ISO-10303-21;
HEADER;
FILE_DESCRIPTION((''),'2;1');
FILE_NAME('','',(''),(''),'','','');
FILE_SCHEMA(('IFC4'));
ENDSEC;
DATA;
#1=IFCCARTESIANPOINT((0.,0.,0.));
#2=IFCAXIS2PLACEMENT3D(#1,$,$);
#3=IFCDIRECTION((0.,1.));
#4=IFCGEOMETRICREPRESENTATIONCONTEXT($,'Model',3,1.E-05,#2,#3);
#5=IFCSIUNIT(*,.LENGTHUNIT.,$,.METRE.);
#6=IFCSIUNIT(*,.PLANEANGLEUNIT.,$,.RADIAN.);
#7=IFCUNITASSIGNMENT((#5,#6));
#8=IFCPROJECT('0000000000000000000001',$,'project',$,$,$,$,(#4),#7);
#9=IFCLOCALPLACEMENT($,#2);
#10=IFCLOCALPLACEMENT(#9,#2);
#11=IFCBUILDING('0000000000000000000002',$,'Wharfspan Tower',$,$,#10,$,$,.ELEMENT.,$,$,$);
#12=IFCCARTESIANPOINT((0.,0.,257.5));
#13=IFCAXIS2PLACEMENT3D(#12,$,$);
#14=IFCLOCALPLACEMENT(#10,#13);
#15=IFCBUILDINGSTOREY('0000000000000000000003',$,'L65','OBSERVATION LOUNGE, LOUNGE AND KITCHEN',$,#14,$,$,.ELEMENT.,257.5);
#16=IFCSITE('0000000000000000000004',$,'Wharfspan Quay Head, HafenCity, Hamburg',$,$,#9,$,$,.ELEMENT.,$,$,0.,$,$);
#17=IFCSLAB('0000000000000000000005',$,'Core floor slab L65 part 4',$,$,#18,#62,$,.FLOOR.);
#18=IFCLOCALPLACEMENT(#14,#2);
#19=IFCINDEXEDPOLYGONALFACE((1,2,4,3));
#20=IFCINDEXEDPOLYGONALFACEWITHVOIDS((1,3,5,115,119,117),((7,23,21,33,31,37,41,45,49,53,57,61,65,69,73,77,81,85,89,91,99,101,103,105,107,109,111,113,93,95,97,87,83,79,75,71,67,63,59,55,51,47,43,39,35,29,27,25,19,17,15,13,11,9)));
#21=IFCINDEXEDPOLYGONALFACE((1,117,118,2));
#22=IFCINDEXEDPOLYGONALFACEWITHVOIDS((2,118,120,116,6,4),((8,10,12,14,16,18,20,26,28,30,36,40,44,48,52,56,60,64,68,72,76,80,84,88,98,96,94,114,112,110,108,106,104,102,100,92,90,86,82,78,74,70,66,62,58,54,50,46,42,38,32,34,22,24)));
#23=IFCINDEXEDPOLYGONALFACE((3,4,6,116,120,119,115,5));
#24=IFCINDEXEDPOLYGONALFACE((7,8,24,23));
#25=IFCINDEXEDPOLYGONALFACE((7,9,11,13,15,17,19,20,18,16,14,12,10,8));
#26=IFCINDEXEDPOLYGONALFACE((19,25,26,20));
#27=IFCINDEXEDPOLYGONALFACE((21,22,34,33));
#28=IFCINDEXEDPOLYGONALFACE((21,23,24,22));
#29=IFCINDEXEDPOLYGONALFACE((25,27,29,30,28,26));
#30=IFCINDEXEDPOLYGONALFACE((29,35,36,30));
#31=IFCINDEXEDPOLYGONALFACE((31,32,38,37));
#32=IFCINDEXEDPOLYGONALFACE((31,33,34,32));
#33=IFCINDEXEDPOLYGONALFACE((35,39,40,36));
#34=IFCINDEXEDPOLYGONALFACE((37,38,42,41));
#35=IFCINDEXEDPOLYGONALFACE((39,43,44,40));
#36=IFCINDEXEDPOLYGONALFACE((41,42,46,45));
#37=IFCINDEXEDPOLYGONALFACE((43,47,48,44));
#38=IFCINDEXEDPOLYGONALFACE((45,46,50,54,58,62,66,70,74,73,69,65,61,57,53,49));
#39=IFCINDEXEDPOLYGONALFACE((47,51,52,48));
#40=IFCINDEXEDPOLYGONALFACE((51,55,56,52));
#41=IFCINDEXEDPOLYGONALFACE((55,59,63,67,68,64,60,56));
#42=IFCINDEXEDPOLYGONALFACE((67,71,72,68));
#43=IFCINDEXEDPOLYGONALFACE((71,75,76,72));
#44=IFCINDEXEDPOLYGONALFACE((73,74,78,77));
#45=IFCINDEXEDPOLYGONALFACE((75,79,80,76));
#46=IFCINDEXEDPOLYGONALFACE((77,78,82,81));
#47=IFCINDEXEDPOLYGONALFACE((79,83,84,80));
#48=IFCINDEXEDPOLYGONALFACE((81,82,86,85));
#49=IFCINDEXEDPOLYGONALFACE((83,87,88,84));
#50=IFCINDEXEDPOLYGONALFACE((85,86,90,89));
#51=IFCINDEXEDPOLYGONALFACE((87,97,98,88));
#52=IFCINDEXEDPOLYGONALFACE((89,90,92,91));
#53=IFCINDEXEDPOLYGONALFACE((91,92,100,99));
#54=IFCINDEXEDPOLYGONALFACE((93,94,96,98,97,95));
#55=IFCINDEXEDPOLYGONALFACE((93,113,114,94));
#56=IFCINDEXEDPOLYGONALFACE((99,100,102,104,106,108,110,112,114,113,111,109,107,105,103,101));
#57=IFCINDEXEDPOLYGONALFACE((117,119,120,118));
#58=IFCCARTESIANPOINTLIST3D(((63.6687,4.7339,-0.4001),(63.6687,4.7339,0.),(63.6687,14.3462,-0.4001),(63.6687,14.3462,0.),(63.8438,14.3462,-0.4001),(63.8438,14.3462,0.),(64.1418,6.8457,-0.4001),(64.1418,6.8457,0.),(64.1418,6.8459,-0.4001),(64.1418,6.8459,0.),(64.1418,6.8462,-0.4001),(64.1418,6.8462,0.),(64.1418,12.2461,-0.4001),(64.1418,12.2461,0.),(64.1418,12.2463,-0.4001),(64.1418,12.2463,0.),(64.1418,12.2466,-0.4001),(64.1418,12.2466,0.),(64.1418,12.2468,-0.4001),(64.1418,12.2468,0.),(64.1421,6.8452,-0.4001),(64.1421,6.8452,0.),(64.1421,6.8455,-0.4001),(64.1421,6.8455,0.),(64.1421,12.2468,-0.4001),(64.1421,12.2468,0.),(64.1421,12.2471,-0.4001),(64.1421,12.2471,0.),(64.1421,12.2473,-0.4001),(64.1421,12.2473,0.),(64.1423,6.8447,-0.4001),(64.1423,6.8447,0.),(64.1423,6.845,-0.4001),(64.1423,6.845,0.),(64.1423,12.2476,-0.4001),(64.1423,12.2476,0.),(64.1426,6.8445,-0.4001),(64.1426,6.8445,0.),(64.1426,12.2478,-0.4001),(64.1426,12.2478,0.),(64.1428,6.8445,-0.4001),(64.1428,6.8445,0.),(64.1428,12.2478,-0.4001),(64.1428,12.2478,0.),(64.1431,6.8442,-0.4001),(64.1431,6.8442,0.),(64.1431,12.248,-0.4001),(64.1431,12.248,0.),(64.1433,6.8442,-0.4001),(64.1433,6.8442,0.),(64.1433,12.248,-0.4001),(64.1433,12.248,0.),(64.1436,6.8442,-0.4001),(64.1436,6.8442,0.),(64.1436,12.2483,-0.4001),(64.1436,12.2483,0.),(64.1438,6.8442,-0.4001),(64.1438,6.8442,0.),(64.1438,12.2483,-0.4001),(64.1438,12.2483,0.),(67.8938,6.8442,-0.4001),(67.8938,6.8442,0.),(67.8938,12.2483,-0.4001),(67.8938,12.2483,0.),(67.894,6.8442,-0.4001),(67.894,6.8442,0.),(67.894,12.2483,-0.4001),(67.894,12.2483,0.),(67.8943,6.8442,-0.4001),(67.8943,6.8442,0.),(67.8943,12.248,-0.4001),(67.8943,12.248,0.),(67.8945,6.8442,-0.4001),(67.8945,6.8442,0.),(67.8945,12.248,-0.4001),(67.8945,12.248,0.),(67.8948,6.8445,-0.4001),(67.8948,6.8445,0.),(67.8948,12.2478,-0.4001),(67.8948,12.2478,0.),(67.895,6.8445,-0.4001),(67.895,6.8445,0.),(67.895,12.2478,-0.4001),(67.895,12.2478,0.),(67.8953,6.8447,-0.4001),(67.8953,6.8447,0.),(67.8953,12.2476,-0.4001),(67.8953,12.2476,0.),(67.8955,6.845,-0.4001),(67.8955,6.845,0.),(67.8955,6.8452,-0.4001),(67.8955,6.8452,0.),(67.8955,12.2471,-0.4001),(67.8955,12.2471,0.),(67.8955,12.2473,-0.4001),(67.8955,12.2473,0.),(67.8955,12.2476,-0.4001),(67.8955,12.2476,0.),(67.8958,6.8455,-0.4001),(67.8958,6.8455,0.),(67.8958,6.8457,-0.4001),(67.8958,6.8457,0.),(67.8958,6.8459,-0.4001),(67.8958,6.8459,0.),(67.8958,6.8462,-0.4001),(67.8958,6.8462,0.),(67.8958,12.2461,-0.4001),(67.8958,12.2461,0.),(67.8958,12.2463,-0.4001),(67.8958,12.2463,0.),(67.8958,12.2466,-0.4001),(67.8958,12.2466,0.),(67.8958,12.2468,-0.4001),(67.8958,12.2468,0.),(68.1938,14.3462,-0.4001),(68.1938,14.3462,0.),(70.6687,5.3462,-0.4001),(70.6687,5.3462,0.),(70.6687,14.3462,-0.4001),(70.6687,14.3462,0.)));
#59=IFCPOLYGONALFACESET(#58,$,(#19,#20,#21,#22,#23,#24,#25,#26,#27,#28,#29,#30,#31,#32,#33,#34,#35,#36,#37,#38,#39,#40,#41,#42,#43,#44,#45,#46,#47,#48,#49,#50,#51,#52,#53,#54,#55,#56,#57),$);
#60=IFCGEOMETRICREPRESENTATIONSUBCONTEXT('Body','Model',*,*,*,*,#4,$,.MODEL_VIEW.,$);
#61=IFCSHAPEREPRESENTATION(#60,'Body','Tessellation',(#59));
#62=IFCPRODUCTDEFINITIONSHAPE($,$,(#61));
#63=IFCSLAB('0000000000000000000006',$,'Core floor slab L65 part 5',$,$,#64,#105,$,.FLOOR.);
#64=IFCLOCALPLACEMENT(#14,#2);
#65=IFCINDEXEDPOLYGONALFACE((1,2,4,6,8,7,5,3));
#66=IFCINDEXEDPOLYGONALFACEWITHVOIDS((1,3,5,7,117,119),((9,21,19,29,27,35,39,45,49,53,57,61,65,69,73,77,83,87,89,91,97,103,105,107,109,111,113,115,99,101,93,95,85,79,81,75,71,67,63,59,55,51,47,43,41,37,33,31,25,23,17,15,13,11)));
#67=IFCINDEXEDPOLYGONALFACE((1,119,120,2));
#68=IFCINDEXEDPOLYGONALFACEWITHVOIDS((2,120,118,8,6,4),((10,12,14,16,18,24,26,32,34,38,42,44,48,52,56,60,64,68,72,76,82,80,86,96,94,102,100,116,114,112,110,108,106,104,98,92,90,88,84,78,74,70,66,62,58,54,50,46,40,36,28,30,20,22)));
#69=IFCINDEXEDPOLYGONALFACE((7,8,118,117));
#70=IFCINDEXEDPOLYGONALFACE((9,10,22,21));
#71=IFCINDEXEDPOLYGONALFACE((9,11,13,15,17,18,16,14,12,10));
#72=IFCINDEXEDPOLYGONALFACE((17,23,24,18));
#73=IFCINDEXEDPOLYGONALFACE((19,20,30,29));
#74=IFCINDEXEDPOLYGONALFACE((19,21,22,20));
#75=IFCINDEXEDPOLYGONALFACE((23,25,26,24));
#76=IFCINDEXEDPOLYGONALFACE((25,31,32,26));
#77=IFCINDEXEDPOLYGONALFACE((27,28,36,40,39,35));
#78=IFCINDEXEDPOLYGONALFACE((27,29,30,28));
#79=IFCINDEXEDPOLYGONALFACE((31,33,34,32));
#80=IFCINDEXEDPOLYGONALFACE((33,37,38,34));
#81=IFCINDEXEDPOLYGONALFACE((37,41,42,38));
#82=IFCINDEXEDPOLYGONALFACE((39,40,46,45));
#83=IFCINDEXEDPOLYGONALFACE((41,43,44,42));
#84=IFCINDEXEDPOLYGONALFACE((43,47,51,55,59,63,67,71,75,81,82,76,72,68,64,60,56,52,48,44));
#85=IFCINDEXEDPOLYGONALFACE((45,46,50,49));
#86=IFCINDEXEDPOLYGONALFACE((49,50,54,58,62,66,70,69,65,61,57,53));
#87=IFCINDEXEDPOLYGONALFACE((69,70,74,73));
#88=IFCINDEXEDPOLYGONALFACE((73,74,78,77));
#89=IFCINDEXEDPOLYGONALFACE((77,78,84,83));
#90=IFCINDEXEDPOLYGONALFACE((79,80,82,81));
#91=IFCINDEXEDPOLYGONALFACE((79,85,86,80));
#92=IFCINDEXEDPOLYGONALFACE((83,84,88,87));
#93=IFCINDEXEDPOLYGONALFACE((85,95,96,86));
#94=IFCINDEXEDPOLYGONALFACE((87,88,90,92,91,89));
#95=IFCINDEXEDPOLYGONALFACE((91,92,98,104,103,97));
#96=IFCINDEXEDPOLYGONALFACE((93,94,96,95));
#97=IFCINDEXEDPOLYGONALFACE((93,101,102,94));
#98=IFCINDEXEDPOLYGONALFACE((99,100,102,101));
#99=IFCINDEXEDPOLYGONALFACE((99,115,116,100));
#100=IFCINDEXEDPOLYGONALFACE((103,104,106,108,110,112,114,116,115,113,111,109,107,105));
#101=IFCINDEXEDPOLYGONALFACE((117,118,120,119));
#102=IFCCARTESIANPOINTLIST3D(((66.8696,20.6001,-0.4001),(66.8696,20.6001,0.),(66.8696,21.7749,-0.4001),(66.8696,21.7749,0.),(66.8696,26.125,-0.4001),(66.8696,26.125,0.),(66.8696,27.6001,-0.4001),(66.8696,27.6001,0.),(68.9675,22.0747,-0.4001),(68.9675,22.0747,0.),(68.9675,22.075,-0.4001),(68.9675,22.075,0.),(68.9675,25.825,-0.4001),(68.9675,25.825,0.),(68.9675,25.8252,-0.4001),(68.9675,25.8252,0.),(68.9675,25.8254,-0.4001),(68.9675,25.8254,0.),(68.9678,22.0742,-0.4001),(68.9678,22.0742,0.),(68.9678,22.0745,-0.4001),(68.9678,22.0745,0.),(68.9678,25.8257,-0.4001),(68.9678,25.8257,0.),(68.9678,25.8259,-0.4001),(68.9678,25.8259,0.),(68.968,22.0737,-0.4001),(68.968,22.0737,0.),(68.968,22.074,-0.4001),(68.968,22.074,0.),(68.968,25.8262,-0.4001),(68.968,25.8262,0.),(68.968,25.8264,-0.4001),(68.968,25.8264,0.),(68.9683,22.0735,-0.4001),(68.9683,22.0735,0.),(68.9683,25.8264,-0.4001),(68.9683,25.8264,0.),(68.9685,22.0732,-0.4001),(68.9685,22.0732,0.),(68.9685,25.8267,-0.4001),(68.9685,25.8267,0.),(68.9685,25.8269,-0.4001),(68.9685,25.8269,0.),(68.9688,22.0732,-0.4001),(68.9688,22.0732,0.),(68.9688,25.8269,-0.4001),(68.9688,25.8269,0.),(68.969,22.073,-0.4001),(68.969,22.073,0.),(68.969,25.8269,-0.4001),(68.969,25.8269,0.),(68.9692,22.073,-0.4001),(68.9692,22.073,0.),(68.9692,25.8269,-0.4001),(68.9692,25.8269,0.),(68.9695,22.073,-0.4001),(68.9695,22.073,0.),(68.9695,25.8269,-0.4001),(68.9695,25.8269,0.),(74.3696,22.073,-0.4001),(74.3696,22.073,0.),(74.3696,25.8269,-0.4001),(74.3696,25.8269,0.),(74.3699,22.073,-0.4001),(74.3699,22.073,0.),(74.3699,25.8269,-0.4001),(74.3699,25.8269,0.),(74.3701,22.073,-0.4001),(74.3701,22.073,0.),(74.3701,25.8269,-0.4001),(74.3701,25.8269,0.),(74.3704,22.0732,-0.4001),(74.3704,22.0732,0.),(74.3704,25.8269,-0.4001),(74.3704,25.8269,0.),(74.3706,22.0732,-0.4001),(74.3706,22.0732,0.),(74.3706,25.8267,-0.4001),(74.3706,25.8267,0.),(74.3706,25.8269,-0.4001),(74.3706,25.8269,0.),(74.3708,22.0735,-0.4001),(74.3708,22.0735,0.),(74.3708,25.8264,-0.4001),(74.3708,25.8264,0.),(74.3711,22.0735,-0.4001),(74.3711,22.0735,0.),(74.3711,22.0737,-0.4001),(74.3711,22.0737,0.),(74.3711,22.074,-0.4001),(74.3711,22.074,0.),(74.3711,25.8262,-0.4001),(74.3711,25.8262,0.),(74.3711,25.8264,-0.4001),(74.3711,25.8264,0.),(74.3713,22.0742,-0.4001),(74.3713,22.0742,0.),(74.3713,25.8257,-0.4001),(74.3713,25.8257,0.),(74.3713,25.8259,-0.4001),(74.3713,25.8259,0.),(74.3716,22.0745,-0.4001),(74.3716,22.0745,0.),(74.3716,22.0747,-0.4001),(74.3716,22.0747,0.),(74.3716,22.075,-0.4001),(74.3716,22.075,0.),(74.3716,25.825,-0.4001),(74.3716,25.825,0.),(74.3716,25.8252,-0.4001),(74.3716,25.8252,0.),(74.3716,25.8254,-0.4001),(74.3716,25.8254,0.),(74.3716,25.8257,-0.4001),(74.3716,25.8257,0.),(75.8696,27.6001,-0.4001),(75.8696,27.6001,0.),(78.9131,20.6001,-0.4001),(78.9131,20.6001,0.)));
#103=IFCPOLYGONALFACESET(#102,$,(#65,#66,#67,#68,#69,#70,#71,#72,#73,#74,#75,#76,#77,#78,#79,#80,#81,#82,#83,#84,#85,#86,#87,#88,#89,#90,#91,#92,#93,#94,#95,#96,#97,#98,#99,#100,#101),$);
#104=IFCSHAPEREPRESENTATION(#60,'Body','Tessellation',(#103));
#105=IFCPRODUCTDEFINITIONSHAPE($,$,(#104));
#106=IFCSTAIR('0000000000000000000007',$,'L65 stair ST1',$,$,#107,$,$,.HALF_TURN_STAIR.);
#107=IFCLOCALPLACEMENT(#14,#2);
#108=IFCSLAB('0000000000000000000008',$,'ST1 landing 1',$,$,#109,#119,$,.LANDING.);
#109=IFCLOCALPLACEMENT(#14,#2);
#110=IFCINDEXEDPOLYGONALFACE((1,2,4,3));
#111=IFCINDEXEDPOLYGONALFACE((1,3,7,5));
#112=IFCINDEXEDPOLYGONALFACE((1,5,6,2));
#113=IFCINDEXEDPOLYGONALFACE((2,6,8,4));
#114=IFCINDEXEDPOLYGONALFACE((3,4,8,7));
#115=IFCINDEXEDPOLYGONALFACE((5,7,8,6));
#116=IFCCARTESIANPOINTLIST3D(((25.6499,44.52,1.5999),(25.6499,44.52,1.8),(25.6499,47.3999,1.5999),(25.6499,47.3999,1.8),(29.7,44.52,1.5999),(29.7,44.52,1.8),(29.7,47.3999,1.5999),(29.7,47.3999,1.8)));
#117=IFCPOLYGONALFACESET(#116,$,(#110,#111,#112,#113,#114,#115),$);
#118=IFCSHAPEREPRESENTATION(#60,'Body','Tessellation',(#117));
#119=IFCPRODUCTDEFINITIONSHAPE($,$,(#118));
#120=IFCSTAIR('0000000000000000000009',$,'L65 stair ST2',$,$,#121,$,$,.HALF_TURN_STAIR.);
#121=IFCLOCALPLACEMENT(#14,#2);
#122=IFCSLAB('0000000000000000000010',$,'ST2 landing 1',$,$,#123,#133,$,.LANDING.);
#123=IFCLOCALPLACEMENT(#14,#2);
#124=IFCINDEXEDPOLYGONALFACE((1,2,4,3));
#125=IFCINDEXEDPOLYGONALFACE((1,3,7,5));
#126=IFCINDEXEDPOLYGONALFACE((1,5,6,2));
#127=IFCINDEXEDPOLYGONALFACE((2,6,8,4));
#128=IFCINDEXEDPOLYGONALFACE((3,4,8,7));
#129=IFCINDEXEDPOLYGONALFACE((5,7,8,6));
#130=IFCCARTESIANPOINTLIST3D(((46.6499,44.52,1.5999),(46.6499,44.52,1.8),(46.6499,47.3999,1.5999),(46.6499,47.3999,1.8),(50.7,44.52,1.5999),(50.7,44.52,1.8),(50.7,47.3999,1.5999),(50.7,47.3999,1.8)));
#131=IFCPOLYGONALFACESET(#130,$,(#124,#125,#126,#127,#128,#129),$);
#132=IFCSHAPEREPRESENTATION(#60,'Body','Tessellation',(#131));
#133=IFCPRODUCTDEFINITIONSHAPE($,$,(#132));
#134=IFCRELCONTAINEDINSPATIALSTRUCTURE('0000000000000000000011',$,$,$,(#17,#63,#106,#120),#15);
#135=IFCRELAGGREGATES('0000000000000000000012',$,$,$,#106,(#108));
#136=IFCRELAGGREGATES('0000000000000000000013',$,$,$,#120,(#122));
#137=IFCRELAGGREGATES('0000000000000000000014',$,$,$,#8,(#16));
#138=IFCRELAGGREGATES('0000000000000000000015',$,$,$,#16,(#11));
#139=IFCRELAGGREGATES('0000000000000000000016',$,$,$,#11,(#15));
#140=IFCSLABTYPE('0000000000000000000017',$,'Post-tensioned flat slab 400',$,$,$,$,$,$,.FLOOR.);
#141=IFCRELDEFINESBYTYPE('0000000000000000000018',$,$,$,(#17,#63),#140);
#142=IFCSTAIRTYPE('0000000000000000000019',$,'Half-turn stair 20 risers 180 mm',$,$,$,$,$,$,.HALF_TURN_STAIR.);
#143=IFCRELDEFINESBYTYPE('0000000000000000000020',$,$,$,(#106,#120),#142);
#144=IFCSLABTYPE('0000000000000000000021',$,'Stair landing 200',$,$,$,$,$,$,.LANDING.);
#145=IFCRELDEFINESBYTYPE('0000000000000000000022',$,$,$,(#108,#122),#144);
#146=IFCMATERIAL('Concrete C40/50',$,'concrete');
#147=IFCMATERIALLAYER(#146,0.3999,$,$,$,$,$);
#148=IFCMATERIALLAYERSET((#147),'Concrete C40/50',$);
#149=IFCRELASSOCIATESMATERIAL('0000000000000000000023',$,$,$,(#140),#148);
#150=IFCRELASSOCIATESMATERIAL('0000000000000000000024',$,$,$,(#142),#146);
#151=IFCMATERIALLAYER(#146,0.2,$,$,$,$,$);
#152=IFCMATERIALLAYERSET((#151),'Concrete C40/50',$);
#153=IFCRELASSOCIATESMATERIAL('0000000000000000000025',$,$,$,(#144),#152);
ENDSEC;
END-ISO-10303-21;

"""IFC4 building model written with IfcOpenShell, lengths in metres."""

from ifc_helpers import new_model, si_unit, direction, frame, origin, place, context, subcontext, project, spatial, polyline, outline, extrude, material, layer, layer_set, type_object, element, aggregate, save


model = new_model("IFC4")

# Units and contexts
model_context = context("Model", 3, precision=1e-05, world=origin(), true_north=direction((0.0, 1.0)))
body_context = subcontext(model_context, "Body", "Model", "MODEL_VIEW")
ifc_project = project(units=[si_unit("LENGTHUNIT", "METRE"), si_unit("PLANEANGLEUNIT", "RADIAN")], contexts=[model_context])

# Site, building, storey
site_placement = place(None, origin())
site = spatial("IfcSite", under=ifc_project, at=site_placement, Name="Wharfspan Quay Head, HafenCity, Hamburg", CompositionType="ELEMENT", RefElevation=0.0)
building_placement = place(site_placement, origin())
building = spatial("IfcBuilding", under=site, at=building_placement, Name="Wharfspan Tower", CompositionType="ELEMENT")
storey_placement = place(building_placement, frame((0.0, 0.0, 257.5)))
storey = spatial("IfcBuildingStorey", under=building, at=storey_placement, Name="L65", Description="OBSERVATION LOUNGE, LOUNGE AND KITCHEN", CompositionType="ELEMENT", Elevation=257.5)

# Slabs
ifc_material_1 = material(Name="Concrete C40/50", Category="concrete")
ifc_layer_1 = layer(ifc_material_1, 0.3999)
ifc_layer_set_1 = layer_set([ifc_layer_1], Name="Concrete C40/50")
slab_type_1 = type_object("IfcSlabType", Name="Post-tensioned flat slab 400", PredefinedType="FLOOR", material=ifc_layer_set_1)
slab_1_placement = place(storey_placement, frame((0.0, 0.0, -0.4001)))
element("IfcSlab", 1, at=slab_1_placement, inside=storey, type_object=slab_type_1, Name="Core floor slab L65 part 4", PredefinedType="FLOOR", context=body_context, shape_type="SweptSolid", body=[
    extrude(outline(polyline([(70.6687, 14.3462), (68.1938, 14.3462), (63.8438, 14.3462), (63.6687, 14.3462), (63.6687, 4.7339), (70.6687, 5.3462), (70.6687, 14.3462)]), holes=[polyline([(64.1418, 12.2461), (64.1418, 12.2463), (64.1418, 12.2466), (64.1418, 12.2468), (64.1421, 12.2468), (64.1421, 12.2471), (64.1421, 12.2473), (64.1423, 12.2476), (64.1423, 12.2476), (64.1426, 12.2478), (64.1426, 12.2478), (64.1428, 12.2478), (64.1431, 12.248), (64.1433, 12.248), (64.1433, 12.248), (64.1436, 12.2483), (64.1438, 12.2483), (67.8938, 12.2483), (67.894, 12.2483), (67.8943, 12.248), (67.8943, 12.248), (67.8945, 12.248), (67.8948, 12.2478), (67.895, 12.2478), (67.895, 12.2478), (67.8953, 12.2476), (67.8955, 12.2476), (67.8955, 12.2473), (67.8955, 12.2471), (67.8958, 12.2468), (67.8958, 12.2468), (67.8958, 12.2466), (67.8958, 12.2463), (67.8958, 12.2461), (67.8958, 6.8462), (67.8958, 6.8459), (67.8958, 6.8457), (67.8958, 6.8457), (67.8958, 6.8455), (67.8955, 6.8452), (67.8955, 6.8452), (67.8955, 6.845), (67.8953, 6.8447), (67.895, 6.8445), (67.895, 6.8445), (67.8948, 6.8445), (67.8945, 6.8442), (67.8943, 6.8442), (67.8943, 6.8442), (67.894, 6.8442), (67.8938, 6.8442), (64.1438, 6.8442), (64.1436, 6.8442), (64.1433, 6.8442), (64.1433, 6.8442), (64.1431, 6.8442), (64.1428, 6.8445), (64.1426, 6.8445), (64.1426, 6.8445), (64.1423, 6.8447), (64.1423, 6.845), (64.1421, 6.8452), (64.1421, 6.8452), (64.1421, 6.8455), (64.1418, 6.8457), (64.1418, 6.8457), (64.1418, 6.8459), (64.1418, 6.8462), (64.1418, 12.2461)])]), origin(), (0.0, 0.0, 1.0), 0.4001),
])
slab_2_placement = place(storey_placement, frame((0.0, 0.0, -0.4001)))
element("IfcSlab", 2, at=slab_2_placement, inside=storey, type_object=slab_type_1, Name="Core floor slab L65 part 5", PredefinedType="FLOOR", context=body_context, shape_type="SweptSolid", body=[
    extrude(outline(polyline([(75.8696, 27.6001), (66.8696, 27.6001), (66.8696, 26.125), (66.8696, 21.7749), (66.8696, 20.6001), (78.9131, 20.6001), (75.8696, 27.6001)]), holes=[polyline([(68.9675, 25.825), (68.9675, 25.8252), (68.9675, 25.8254), (68.9678, 25.8257), (68.9678, 25.8257), (68.9678, 25.8259), (68.968, 25.8262), (68.968, 25.8264), (68.9683, 25.8264), (68.9683, 25.8264), (68.9685, 25.8267), (68.9685, 25.8269), (68.9688, 25.8269), (68.969, 25.8269), (68.9692, 25.8269), (68.9695, 25.8269), (68.9695, 25.8269), (74.3696, 25.8269), (74.3699, 25.8269), (74.3701, 25.8269), (74.3701, 25.8269), (74.3704, 25.8269), (74.3706, 25.8269), (74.3706, 25.8267), (74.3709, 25.8264), (74.3711, 25.8264), (74.3711, 25.8264), (74.3711, 25.8262), (74.3713, 25.8259), (74.3713, 25.8257), (74.3716, 25.8257), (74.3716, 25.8254), (74.3716, 25.8252), (74.3716, 25.825), (74.3716, 22.075), (74.3716, 22.0747), (74.3716, 22.0747), (74.3716, 22.0745), (74.3713, 22.0742), (74.3713, 22.0742), (74.3711, 22.074), (74.3711, 22.0737), (74.3711, 22.0735), (74.3709, 22.0735), (74.3706, 22.0732), (74.3706, 22.0732), (74.3704, 22.0732), (74.3701, 22.073), (74.3701, 22.073), (74.3699, 22.073), (74.3696, 22.073), (68.9695, 22.073), (68.9695, 22.073), (68.9692, 22.073), (68.969, 22.073), (68.9688, 22.0732), (68.9685, 22.0732), (68.9685, 22.0732), (68.9683, 22.0735), (68.9683, 22.0735), (68.968, 22.0737), (68.968, 22.074), (68.9678, 22.0742), (68.9678, 22.0742), (68.9678, 22.0745), (68.9675, 22.0747), (68.9675, 22.0747), (68.9675, 22.075), (68.9675, 25.825)])]), origin(), (0.0, 0.0, 1.0), 0.4001),
])

# Stairs, slabs
stair_type = type_object("IfcStairType", Name="Half-turn stair 20 risers 180 mm", PredefinedType="HALF_TURN_STAIR", material=ifc_material_1)
stair_1_placement = place(storey_placement, origin())
stair_1 = element("IfcStair", 3, at=stair_1_placement, inside=storey, type_object=stair_type, Name="L65 stair ST1", PredefinedType="HALF_TURN_STAIR")
ifc_layer_2 = layer(ifc_material_1, 0.2)
ifc_layer_set_2 = layer_set([ifc_layer_2], Name="Concrete C40/50")
slab_type_2 = type_object("IfcSlabType", Name="Stair landing 200", PredefinedType="LANDING", material=ifc_layer_set_2)
slab_3_placement = place(storey_placement, frame((0.0, 0.0, 1.5999)))
slab_3 = element("IfcSlab", 4, at=slab_3_placement, type_object=slab_type_2, Name="ST1 landing 1", PredefinedType="LANDING", context=body_context, shape_type="SweptSolid", body=[
    extrude(outline(polyline([(25.6499, 44.52), (29.7, 44.52), (29.7, 47.3999), (25.6499, 47.3999), (25.6499, 44.52)])), origin(), (0.0, 0.0, 1.0), 0.2002),
])
aggregate(stair_1, [slab_3])
stair_2_placement = place(storey_placement, origin())
stair_2 = element("IfcStair", 5, at=stair_2_placement, inside=storey, type_object=stair_type, Name="L65 stair ST2", PredefinedType="HALF_TURN_STAIR")
slab_4_placement = place(storey_placement, frame((0.0, 0.0, 1.5999)))
slab_4 = element("IfcSlab", 6, at=slab_4_placement, type_object=slab_type_2, Name="ST2 landing 1", PredefinedType="LANDING", context=body_context, shape_type="SweptSolid", body=[
    extrude(outline(polyline([(46.6499, 44.52), (50.7, 44.52), (50.7, 47.3999), (46.6499, 47.3999), (46.6499, 44.52)])), origin(), (0.0, 0.0, 1.0), 0.2002),
])
aggregate(stair_2, [slab_4])

save(model, "model.ifc")
